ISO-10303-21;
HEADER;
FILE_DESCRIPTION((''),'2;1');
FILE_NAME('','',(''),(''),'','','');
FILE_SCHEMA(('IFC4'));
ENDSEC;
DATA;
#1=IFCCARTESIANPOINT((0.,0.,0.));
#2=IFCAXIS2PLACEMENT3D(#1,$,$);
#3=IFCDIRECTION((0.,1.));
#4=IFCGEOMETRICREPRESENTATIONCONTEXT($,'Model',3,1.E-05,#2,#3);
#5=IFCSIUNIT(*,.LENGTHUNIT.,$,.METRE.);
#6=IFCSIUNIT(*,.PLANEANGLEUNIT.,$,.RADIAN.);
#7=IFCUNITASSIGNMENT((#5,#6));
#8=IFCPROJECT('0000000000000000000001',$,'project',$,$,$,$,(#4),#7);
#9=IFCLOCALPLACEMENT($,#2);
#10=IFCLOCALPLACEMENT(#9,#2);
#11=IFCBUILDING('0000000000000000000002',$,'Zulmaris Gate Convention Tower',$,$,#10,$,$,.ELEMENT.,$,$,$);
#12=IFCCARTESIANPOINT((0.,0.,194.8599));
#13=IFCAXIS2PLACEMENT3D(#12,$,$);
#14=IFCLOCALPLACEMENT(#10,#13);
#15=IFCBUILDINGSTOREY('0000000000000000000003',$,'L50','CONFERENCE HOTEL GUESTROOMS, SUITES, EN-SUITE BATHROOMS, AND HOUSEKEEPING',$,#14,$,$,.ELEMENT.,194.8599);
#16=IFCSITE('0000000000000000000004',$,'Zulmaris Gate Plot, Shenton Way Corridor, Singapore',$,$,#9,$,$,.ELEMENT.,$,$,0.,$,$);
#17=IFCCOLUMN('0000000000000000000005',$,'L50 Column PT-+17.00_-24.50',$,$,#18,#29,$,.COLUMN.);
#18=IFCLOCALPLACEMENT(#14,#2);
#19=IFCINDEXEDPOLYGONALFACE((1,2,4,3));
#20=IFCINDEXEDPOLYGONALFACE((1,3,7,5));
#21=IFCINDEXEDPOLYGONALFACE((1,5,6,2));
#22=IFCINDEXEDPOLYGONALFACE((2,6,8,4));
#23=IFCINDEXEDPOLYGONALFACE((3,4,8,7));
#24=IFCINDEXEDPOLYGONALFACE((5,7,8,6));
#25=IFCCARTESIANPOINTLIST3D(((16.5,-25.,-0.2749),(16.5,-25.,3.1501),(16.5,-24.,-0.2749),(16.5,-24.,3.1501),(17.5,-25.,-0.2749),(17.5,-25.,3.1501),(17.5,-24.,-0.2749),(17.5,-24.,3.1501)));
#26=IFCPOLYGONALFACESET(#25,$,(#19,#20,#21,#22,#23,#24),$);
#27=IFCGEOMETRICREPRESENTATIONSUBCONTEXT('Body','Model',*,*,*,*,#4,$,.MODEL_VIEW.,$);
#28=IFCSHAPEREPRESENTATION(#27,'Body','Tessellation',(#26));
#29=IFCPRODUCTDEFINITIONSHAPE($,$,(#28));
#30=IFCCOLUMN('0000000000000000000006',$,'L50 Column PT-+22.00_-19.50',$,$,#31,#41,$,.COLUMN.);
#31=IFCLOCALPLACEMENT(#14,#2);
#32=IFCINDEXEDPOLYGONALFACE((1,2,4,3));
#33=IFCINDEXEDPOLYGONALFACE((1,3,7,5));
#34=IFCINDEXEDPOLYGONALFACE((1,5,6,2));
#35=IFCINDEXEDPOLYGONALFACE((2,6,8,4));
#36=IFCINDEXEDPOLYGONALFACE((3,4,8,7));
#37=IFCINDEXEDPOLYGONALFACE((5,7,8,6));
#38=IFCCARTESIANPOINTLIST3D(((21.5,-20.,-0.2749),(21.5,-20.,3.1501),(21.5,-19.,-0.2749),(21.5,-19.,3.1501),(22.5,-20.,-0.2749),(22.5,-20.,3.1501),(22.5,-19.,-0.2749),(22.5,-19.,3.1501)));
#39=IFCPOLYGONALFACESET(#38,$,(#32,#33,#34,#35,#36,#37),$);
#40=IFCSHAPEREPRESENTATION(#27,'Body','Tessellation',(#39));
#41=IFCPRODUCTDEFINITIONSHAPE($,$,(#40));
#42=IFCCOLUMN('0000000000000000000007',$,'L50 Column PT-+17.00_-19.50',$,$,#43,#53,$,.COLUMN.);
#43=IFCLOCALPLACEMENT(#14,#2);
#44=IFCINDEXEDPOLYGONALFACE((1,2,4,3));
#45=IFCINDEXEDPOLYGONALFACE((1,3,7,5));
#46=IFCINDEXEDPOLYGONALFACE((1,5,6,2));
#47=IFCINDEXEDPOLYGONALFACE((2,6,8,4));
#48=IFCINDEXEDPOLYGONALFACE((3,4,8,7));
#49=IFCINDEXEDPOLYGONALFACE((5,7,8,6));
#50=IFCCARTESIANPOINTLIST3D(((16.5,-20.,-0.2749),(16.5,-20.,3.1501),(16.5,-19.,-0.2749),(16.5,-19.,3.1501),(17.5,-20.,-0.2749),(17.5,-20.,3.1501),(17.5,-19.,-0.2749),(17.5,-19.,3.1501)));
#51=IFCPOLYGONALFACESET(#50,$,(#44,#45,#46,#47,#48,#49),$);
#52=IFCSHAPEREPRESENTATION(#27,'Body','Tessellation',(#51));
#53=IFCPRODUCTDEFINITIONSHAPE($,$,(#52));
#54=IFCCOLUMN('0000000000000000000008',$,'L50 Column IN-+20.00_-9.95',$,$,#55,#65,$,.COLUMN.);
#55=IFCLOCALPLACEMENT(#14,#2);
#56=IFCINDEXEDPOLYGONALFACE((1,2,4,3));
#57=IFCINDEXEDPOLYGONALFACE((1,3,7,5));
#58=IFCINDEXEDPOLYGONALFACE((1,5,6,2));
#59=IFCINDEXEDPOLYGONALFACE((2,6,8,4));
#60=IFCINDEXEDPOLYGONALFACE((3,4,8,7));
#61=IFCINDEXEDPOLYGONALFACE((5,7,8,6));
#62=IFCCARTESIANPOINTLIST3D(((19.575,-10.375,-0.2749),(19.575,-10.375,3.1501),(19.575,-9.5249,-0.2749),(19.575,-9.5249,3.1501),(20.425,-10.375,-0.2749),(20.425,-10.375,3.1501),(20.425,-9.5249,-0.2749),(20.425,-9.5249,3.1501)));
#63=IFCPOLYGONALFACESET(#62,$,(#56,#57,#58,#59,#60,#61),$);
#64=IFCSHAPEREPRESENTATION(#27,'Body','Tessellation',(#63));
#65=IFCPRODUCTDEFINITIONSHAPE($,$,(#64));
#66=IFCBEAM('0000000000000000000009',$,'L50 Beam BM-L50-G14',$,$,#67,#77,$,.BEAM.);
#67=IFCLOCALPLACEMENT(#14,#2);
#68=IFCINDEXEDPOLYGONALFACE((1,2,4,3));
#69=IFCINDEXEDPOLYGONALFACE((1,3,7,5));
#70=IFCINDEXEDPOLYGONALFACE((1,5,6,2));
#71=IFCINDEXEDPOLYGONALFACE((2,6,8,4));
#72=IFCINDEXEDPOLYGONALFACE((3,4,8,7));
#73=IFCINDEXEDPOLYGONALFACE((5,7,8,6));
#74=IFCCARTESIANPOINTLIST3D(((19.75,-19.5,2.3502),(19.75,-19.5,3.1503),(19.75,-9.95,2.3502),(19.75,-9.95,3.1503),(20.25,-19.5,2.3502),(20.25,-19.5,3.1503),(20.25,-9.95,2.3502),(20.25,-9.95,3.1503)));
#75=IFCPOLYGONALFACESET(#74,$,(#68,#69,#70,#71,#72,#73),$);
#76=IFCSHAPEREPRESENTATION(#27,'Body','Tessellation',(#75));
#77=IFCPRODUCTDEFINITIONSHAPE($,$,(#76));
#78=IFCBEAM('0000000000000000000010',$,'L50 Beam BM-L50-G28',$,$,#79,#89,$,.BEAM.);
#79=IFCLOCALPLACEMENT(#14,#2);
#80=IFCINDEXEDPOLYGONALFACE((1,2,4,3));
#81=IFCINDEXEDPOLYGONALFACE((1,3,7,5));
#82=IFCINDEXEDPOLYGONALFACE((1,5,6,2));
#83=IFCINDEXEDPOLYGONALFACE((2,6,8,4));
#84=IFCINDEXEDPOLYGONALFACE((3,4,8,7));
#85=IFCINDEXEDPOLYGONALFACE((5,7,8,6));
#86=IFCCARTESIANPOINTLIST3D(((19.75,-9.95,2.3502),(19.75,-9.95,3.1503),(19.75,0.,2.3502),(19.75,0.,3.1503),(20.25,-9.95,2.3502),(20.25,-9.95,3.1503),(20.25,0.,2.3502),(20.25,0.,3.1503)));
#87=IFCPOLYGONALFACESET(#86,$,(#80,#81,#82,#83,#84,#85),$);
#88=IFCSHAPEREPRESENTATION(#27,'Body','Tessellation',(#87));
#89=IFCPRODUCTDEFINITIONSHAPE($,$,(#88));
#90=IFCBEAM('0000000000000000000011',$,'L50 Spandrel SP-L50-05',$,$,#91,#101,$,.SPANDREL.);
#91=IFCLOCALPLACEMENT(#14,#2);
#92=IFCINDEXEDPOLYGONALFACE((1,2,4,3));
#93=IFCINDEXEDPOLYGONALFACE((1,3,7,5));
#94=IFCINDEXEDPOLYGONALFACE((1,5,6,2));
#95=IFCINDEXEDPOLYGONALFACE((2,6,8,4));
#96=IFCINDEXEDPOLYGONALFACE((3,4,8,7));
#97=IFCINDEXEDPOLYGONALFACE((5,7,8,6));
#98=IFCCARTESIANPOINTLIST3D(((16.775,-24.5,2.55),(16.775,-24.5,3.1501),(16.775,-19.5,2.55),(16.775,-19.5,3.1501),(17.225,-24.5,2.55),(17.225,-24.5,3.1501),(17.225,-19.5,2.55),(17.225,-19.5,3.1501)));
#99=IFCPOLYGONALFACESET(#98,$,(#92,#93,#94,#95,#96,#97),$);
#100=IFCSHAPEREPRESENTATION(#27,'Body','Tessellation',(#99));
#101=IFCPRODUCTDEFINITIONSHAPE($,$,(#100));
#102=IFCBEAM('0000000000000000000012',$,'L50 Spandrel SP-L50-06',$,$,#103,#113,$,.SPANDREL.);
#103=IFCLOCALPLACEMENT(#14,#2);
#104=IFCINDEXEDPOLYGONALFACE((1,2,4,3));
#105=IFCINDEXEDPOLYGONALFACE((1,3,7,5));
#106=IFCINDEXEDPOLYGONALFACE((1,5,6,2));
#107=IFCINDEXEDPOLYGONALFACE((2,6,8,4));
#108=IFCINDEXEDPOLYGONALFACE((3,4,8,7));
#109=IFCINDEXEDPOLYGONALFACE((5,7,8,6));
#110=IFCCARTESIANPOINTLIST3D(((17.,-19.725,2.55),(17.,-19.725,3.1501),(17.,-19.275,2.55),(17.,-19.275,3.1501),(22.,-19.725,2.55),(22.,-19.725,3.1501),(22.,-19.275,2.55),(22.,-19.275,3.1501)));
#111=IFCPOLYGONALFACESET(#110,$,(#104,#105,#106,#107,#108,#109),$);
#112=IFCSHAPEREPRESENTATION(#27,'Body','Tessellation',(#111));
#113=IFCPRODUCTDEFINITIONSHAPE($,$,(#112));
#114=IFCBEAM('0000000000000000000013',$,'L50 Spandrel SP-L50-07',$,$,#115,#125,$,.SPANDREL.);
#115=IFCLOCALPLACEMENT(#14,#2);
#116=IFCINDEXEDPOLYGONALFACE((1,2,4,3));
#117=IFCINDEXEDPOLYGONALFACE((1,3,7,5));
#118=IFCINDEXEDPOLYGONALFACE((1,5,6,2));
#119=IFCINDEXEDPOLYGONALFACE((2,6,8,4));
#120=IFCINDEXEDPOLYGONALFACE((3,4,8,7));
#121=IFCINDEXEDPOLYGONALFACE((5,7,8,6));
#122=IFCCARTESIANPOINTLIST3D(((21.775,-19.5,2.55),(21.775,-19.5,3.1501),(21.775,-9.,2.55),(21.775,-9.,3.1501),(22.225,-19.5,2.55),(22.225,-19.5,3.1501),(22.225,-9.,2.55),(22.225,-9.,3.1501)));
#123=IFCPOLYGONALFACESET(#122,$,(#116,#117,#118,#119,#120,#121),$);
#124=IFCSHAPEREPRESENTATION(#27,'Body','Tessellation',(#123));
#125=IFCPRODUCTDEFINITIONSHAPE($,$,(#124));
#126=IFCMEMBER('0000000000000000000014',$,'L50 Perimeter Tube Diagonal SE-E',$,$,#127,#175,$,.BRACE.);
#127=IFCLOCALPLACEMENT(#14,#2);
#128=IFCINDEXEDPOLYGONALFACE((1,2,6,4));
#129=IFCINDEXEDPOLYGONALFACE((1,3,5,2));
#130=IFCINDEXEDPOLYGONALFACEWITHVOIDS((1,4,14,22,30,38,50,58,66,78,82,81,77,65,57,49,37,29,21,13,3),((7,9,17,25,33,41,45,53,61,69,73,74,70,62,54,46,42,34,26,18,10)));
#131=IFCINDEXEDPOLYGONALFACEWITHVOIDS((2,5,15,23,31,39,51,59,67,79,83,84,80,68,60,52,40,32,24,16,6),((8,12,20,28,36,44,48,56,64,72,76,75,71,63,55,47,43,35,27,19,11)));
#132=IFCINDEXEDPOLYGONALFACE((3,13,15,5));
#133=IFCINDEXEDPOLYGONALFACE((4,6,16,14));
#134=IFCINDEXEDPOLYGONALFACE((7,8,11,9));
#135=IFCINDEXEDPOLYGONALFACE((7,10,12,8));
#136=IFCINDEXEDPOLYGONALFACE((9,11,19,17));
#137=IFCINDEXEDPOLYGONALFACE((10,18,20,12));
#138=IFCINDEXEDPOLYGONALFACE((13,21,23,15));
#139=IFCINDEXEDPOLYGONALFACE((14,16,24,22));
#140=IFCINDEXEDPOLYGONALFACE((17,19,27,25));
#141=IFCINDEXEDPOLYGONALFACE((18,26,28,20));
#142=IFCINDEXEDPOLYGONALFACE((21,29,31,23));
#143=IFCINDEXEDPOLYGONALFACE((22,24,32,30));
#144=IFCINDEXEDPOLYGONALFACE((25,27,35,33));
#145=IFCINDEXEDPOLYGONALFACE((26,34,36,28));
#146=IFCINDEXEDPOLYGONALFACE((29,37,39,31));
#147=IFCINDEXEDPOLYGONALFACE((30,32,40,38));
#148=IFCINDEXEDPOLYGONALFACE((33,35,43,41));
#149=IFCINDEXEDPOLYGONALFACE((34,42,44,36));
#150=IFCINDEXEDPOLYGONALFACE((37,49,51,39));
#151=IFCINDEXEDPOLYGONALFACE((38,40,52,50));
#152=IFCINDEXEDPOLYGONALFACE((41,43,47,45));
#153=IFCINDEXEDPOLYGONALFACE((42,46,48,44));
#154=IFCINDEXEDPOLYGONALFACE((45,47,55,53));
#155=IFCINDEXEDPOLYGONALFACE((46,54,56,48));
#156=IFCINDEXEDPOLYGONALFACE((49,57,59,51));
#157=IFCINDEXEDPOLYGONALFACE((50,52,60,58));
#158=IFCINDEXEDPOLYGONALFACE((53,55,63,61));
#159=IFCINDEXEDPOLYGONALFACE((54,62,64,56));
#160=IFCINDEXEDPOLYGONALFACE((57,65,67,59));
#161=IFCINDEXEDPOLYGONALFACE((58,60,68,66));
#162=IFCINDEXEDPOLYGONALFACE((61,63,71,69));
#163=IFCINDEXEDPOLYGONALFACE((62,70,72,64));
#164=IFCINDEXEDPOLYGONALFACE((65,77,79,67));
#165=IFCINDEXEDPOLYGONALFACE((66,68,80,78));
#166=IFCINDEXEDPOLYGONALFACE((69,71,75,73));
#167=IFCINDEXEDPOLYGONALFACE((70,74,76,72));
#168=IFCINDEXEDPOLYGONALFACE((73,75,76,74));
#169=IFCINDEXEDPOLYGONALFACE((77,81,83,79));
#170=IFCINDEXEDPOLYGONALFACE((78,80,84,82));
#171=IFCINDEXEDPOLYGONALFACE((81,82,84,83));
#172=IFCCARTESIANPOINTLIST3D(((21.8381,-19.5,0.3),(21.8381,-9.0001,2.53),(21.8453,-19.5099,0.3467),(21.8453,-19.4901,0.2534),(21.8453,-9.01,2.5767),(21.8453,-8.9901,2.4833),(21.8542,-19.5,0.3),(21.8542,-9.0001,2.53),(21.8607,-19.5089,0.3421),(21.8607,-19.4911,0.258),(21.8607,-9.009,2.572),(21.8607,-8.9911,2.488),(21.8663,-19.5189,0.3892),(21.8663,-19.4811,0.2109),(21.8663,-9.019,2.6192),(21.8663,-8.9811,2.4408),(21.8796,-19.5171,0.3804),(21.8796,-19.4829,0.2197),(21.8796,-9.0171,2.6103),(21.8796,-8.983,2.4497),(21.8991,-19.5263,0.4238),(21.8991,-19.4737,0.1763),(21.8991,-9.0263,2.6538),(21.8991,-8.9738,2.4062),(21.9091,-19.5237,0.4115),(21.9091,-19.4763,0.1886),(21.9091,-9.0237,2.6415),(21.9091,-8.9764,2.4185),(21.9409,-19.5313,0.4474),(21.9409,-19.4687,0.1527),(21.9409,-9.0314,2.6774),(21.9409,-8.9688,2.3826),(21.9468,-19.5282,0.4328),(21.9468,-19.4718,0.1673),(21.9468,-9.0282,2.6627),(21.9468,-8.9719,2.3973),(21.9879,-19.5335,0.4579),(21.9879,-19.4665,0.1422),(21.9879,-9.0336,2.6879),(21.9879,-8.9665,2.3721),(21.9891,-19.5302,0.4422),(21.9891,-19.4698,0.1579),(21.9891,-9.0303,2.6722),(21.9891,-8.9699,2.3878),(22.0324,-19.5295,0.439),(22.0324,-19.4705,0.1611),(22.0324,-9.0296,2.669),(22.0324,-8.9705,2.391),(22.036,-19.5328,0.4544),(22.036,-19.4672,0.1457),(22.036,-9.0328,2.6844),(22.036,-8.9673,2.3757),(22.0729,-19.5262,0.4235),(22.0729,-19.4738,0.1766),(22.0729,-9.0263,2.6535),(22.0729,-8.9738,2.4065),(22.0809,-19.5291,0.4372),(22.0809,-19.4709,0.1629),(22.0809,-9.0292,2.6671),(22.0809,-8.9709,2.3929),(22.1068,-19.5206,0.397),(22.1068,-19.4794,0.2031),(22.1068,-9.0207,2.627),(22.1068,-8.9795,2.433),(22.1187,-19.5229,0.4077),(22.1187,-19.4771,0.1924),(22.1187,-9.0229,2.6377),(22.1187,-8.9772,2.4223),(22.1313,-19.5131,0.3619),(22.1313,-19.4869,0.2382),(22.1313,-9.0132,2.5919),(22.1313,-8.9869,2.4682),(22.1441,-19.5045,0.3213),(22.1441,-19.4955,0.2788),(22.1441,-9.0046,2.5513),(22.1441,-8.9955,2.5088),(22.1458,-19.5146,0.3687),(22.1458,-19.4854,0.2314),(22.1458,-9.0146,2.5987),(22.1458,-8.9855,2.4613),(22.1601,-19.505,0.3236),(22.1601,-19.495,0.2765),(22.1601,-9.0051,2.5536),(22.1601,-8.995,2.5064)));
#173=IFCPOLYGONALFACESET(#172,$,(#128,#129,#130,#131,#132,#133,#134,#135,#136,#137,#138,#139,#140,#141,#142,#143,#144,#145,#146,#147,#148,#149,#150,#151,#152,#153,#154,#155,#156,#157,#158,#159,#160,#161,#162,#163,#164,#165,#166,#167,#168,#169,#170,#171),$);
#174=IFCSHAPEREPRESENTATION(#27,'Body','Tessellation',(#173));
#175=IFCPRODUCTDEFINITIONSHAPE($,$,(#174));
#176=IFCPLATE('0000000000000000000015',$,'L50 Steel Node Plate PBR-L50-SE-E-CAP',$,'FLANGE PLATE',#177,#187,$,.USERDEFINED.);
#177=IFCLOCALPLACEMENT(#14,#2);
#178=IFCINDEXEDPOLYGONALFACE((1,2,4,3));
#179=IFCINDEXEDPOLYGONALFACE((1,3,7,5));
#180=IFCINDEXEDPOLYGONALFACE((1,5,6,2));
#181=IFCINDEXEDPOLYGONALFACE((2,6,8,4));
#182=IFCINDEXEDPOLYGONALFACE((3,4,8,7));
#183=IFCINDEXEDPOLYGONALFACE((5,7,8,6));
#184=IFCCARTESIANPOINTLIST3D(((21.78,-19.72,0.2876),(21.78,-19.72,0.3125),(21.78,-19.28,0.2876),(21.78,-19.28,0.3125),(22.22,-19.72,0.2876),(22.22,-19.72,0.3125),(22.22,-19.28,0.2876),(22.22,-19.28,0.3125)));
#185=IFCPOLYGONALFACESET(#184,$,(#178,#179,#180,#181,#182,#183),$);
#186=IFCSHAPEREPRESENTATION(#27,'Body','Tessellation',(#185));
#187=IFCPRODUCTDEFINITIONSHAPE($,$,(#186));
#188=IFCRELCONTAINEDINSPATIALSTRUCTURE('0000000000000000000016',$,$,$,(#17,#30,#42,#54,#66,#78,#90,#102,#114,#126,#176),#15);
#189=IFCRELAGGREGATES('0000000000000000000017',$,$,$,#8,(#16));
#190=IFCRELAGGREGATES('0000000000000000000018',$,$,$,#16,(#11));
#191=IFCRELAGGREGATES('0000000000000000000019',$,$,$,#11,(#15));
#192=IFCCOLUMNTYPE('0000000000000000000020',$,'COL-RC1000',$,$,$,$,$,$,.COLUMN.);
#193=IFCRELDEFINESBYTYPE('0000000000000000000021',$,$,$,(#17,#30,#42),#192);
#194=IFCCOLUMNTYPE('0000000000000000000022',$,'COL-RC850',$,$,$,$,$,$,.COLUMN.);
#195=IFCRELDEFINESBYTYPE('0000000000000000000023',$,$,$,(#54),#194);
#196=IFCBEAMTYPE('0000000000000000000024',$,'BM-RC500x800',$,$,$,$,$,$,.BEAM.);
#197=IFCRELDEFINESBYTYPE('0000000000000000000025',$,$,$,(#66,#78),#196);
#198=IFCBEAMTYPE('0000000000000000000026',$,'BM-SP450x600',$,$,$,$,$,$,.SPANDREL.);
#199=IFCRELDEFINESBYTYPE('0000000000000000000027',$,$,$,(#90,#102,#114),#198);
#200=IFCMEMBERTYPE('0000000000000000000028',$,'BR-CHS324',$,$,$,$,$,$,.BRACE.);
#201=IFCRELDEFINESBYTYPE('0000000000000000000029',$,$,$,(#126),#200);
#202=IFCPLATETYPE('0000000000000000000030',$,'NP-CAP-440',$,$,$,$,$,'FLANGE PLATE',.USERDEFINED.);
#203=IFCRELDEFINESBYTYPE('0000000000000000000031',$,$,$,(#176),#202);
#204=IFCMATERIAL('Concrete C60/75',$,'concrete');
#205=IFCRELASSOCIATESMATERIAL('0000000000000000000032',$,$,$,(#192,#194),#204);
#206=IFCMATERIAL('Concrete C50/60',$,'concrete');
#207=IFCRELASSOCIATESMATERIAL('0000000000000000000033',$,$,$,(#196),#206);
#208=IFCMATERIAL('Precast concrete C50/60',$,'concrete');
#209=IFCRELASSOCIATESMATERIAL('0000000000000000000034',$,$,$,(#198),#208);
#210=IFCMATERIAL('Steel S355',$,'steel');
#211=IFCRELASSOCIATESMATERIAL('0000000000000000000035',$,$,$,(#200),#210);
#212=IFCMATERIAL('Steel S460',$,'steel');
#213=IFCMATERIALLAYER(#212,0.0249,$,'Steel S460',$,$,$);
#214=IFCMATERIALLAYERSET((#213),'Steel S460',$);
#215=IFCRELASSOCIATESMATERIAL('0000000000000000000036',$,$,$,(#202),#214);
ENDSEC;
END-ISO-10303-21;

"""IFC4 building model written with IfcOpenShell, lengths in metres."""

from ifc_helpers import new_model, si_unit, direction, frame, origin, origin_2d, place, context, subcontext, project, spatial, rectangle, hollow_circle, extrude, material, layer, layer_set, material_profile, profile_set, type_object, element, save


model = new_model("IFC4")

# Units and contexts
model_context = context("Model", 3, precision=1e-05, world=origin(), true_north=direction((0.0, 1.0)))
body_context = subcontext(model_context, "Body", "Model", "MODEL_VIEW")
ifc_project = project(units=[si_unit("LENGTHUNIT", "METRE"), si_unit("PLANEANGLEUNIT", "RADIAN")], contexts=[model_context])

# Site, building, storey
site_placement = place(None, origin())
site = spatial("IfcSite", under=ifc_project, at=site_placement, Name="Zulmaris Gate Plot, Shenton Way Corridor, Singapore", CompositionType="ELEMENT", RefElevation=0.0)
building_placement = place(site_placement, origin())
building = spatial("IfcBuilding", under=site, at=building_placement, Name="Zulmaris Gate Convention Tower", CompositionType="ELEMENT")
storey_placement = place(building_placement, frame((0.0, 0.0, 194.8599)))
storey = spatial("IfcBuildingStorey", under=building, at=storey_placement, Name="L50", Description="CONFERENCE HOTEL GUESTROOMS, SUITES, EN-SUITE BATHROOMS, AND HOUSEKEEPING", CompositionType="ELEMENT", Elevation=194.8599)

# Columns
ifc_material_1 = material(Name="Concrete C60/75", Category="concrete")
ifc_material_profile_1 = material_profile(ifc_material_1, rectangle(XDim=1.0, YDim=1.0, at=origin_2d()), Name="RC COL 1000x1000")
ifc_profile_set_1 = profile_set([ifc_material_profile_1], Name="Concrete C60/75")
column_type_1 = type_object("IfcColumnType", Name="COL-RC1000", PredefinedType="COLUMN", material=ifc_profile_set_1)
for number, where, z_axis, x_axis, name in (
    (1, (17.0, -24.5, -0.2749), (0.0, 0.0, 1.0), (1.0, 0.0, 0.0), "L50 Column PT-+17.00_-24.50"),
    (2, (22.0, -19.5, -0.2749), (0.0, 0.0, 1.0), (1.0, 0.0, 0.0), "L50 Column PT-+22.00_-19.50"),
    (3, (17.0, -19.5, -0.2749), (0.0, 0.0, 1.0), (1.0, 0.0, 0.0), "L50 Column PT-+17.00_-19.50"),
):
    element("IfcColumn", number, at=place(storey_placement, frame(where, z_axis=z_axis, x_axis=x_axis)), inside=storey, type_object=column_type_1, Name=name, PredefinedType="COLUMN", context=body_context, shape_type="SweptSolid", body=[
        extrude(rectangle(XDim=1.0, YDim=1.0, at=origin_2d()), origin(), (0.0, 0.0, 1.0), 3.425),
    ])
ifc_material_profile_2 = material_profile(ifc_material_1, rectangle(XDim=0.8501, YDim=0.8501, at=origin_2d()), Name="RC COL 850x850")
ifc_profile_set_2 = profile_set([ifc_material_profile_2], Name="Concrete C60/75")
column_type_2 = type_object("IfcColumnType", Name="COL-RC850", PredefinedType="COLUMN", material=ifc_profile_set_2)
column_placement = place(storey_placement, frame((20.0, -9.95, -0.2749), z_axis=(0.0, 0.0, 1.0), x_axis=(1.0, 0.0, 0.0)))
element("IfcColumn", 4, at=column_placement, inside=storey, type_object=column_type_2, Name="L50 Column IN-+20.00_-9.95", PredefinedType="COLUMN", context=body_context, shape_type="SweptSolid", body=[
    extrude(rectangle(XDim=0.8501, YDim=0.8501, at=origin_2d()), origin(), (0.0, 0.0, 1.0), 3.425),
])

# Beams
ifc_material_2 = material(Name="Concrete C50/60", Category="concrete")
ifc_material_profile_3 = material_profile(ifc_material_2, rectangle(XDim=0.5, YDim=0.8, at=origin_2d()), Name="RC BEAM 500x800")
ifc_profile_set_3 = profile_set([ifc_material_profile_3], Name="Concrete C50/60")
beam_type_1 = type_object("IfcBeamType", Name="BM-RC500x800", PredefinedType="BEAM", material=ifc_profile_set_3)
beam_1_placement = place(storey_placement, frame((20.0, -19.5, 2.7502), z_axis=(0.0, 1.0, 0.0), x_axis=(-1.0, 0.0, 0.0)))
element("IfcBeam", 5, at=beam_1_placement, inside=storey, type_object=beam_type_1, Name="L50 Beam BM-L50-G14", PredefinedType="BEAM", context=body_context, shape_type="SweptSolid", body=[
    extrude(rectangle(XDim=0.5, YDim=0.8, at=origin_2d()), origin(), (0.0, 0.0, 1.0), 9.55),
])
beam_2_placement = place(storey_placement, frame((20.0, -9.95, 2.7502), z_axis=(0.0, 1.0, 0.0), x_axis=(-1.0, 0.0, 0.0)))
element("IfcBeam", 6, at=beam_2_placement, inside=storey, type_object=beam_type_1, Name="L50 Beam BM-L50-G28", PredefinedType="BEAM", context=body_context, shape_type="SweptSolid", body=[
    extrude(rectangle(XDim=0.5, YDim=0.8, at=origin_2d()), origin(), (0.0, 0.0, 1.0), 9.95),
])
ifc_material_3 = material(Name="Precast concrete C50/60", Category="concrete")
ifc_material_profile_4 = material_profile(ifc_material_3, rectangle(XDim=0.45, YDim=0.6001, at=origin_2d()), Name="RC SPANDREL 450x600")
ifc_profile_set_4 = profile_set([ifc_material_profile_4], Name="Precast concrete C50/60")
beam_type_2 = type_object("IfcBeamType", Name="BM-SP450x600", PredefinedType="SPANDREL", material=ifc_profile_set_4)
for number, where, z_axis, x_axis, name in (
    (7, (17.0, -24.5, 2.8501), (0.0, 1.0, 0.0), (-1.0, 0.0, 0.0), "L50 Spandrel SP-L50-05"),
    (8, (17.0, -19.5, 2.8501), (1.0, 0.0, 0.0), (0.0, 1.0, 0.0), "L50 Spandrel SP-L50-06"),
):
    element("IfcBeam", number, at=place(storey_placement, frame(where, z_axis=z_axis, x_axis=x_axis)), inside=storey, type_object=beam_type_2, Name=name, PredefinedType="SPANDREL", context=body_context, shape_type="SweptSolid", body=[
        extrude(rectangle(XDim=0.45, YDim=0.6001, at=origin_2d()), origin(), (0.0, 0.0, 1.0), 5.0),
    ])
beam_3_placement = place(storey_placement, frame((22.0, -19.5, 2.8501), z_axis=(0.0, 1.0, 0.0), x_axis=(-1.0, 0.0, 0.0)))
element("IfcBeam", 9, at=beam_3_placement, inside=storey, type_object=beam_type_2, Name="L50 Spandrel SP-L50-07", PredefinedType="SPANDREL", context=body_context, shape_type="SweptSolid", body=[
    extrude(rectangle(XDim=0.45, YDim=0.6001, at=origin_2d()), origin(), (0.0, 0.0, 1.0), 10.5),
])

# Member
ifc_material_4 = material(Name="Steel S355", Category="steel")
ifc_material_profile_5 = material_profile(ifc_material_4, hollow_circle(Radius=0.1619, WallThickness=0.0161, at=origin_2d()), Name="CHS 323.9x16")
ifc_profile_set_5 = profile_set([ifc_material_profile_5], Name="Steel S355")
member_type = type_object("IfcMemberType", Name="BR-CHS324", PredefinedType="BRACE", material=ifc_profile_set_5)
member_placement = place(storey_placement, frame((22.0, -19.5, 0.3), z_axis=(0.0, 0.978183, 0.207746), x_axis=(-1.0, 0.0, 0.0)))
element("IfcMember", 10, at=member_placement, inside=storey, type_object=member_type, Name="L50 Perimeter Tube Diagonal SE-E", PredefinedType="BRACE", context=body_context, shape_type="SweptSolid", body=[
    extrude(hollow_circle(Radius=0.1619, WallThickness=0.0161, at=origin_2d()), origin(), (0.0, 0.0, 1.0), 10.7341),
])

# Plate
ifc_material_5 = material(Name="Steel S460", Category="steel")
ifc_layer_1 = layer(ifc_material_5, 0.0249, Name="Steel S460")
ifc_layer_set_1 = layer_set([ifc_layer_1], Name="Steel S460")
plate_type = type_object("IfcPlateType", Name="NP-CAP-440", ElementType="FLANGE PLATE", PredefinedType="USERDEFINED", material=ifc_layer_set_1)
plate_placement = place(storey_placement, frame((22.0, -19.5, 0.2876), z_axis=(0.0, 0.0, 1.0), x_axis=(1.0, 0.0, 0.0)))
element("IfcPlate", 11, at=plate_placement, inside=storey, type_object=plate_type, Name="L50 Steel Node Plate PBR-L50-SE-E-CAP", ObjectType="FLANGE PLATE", PredefinedType="USERDEFINED", context=body_context, shape_type="SweptSolid", body=[
    extrude(rectangle(XDim=0.4399, YDim=0.4399, at=origin_2d()), origin(), (0.0, 0.0, 1.0), 0.0249),
])

save(model, "model.ifc")
